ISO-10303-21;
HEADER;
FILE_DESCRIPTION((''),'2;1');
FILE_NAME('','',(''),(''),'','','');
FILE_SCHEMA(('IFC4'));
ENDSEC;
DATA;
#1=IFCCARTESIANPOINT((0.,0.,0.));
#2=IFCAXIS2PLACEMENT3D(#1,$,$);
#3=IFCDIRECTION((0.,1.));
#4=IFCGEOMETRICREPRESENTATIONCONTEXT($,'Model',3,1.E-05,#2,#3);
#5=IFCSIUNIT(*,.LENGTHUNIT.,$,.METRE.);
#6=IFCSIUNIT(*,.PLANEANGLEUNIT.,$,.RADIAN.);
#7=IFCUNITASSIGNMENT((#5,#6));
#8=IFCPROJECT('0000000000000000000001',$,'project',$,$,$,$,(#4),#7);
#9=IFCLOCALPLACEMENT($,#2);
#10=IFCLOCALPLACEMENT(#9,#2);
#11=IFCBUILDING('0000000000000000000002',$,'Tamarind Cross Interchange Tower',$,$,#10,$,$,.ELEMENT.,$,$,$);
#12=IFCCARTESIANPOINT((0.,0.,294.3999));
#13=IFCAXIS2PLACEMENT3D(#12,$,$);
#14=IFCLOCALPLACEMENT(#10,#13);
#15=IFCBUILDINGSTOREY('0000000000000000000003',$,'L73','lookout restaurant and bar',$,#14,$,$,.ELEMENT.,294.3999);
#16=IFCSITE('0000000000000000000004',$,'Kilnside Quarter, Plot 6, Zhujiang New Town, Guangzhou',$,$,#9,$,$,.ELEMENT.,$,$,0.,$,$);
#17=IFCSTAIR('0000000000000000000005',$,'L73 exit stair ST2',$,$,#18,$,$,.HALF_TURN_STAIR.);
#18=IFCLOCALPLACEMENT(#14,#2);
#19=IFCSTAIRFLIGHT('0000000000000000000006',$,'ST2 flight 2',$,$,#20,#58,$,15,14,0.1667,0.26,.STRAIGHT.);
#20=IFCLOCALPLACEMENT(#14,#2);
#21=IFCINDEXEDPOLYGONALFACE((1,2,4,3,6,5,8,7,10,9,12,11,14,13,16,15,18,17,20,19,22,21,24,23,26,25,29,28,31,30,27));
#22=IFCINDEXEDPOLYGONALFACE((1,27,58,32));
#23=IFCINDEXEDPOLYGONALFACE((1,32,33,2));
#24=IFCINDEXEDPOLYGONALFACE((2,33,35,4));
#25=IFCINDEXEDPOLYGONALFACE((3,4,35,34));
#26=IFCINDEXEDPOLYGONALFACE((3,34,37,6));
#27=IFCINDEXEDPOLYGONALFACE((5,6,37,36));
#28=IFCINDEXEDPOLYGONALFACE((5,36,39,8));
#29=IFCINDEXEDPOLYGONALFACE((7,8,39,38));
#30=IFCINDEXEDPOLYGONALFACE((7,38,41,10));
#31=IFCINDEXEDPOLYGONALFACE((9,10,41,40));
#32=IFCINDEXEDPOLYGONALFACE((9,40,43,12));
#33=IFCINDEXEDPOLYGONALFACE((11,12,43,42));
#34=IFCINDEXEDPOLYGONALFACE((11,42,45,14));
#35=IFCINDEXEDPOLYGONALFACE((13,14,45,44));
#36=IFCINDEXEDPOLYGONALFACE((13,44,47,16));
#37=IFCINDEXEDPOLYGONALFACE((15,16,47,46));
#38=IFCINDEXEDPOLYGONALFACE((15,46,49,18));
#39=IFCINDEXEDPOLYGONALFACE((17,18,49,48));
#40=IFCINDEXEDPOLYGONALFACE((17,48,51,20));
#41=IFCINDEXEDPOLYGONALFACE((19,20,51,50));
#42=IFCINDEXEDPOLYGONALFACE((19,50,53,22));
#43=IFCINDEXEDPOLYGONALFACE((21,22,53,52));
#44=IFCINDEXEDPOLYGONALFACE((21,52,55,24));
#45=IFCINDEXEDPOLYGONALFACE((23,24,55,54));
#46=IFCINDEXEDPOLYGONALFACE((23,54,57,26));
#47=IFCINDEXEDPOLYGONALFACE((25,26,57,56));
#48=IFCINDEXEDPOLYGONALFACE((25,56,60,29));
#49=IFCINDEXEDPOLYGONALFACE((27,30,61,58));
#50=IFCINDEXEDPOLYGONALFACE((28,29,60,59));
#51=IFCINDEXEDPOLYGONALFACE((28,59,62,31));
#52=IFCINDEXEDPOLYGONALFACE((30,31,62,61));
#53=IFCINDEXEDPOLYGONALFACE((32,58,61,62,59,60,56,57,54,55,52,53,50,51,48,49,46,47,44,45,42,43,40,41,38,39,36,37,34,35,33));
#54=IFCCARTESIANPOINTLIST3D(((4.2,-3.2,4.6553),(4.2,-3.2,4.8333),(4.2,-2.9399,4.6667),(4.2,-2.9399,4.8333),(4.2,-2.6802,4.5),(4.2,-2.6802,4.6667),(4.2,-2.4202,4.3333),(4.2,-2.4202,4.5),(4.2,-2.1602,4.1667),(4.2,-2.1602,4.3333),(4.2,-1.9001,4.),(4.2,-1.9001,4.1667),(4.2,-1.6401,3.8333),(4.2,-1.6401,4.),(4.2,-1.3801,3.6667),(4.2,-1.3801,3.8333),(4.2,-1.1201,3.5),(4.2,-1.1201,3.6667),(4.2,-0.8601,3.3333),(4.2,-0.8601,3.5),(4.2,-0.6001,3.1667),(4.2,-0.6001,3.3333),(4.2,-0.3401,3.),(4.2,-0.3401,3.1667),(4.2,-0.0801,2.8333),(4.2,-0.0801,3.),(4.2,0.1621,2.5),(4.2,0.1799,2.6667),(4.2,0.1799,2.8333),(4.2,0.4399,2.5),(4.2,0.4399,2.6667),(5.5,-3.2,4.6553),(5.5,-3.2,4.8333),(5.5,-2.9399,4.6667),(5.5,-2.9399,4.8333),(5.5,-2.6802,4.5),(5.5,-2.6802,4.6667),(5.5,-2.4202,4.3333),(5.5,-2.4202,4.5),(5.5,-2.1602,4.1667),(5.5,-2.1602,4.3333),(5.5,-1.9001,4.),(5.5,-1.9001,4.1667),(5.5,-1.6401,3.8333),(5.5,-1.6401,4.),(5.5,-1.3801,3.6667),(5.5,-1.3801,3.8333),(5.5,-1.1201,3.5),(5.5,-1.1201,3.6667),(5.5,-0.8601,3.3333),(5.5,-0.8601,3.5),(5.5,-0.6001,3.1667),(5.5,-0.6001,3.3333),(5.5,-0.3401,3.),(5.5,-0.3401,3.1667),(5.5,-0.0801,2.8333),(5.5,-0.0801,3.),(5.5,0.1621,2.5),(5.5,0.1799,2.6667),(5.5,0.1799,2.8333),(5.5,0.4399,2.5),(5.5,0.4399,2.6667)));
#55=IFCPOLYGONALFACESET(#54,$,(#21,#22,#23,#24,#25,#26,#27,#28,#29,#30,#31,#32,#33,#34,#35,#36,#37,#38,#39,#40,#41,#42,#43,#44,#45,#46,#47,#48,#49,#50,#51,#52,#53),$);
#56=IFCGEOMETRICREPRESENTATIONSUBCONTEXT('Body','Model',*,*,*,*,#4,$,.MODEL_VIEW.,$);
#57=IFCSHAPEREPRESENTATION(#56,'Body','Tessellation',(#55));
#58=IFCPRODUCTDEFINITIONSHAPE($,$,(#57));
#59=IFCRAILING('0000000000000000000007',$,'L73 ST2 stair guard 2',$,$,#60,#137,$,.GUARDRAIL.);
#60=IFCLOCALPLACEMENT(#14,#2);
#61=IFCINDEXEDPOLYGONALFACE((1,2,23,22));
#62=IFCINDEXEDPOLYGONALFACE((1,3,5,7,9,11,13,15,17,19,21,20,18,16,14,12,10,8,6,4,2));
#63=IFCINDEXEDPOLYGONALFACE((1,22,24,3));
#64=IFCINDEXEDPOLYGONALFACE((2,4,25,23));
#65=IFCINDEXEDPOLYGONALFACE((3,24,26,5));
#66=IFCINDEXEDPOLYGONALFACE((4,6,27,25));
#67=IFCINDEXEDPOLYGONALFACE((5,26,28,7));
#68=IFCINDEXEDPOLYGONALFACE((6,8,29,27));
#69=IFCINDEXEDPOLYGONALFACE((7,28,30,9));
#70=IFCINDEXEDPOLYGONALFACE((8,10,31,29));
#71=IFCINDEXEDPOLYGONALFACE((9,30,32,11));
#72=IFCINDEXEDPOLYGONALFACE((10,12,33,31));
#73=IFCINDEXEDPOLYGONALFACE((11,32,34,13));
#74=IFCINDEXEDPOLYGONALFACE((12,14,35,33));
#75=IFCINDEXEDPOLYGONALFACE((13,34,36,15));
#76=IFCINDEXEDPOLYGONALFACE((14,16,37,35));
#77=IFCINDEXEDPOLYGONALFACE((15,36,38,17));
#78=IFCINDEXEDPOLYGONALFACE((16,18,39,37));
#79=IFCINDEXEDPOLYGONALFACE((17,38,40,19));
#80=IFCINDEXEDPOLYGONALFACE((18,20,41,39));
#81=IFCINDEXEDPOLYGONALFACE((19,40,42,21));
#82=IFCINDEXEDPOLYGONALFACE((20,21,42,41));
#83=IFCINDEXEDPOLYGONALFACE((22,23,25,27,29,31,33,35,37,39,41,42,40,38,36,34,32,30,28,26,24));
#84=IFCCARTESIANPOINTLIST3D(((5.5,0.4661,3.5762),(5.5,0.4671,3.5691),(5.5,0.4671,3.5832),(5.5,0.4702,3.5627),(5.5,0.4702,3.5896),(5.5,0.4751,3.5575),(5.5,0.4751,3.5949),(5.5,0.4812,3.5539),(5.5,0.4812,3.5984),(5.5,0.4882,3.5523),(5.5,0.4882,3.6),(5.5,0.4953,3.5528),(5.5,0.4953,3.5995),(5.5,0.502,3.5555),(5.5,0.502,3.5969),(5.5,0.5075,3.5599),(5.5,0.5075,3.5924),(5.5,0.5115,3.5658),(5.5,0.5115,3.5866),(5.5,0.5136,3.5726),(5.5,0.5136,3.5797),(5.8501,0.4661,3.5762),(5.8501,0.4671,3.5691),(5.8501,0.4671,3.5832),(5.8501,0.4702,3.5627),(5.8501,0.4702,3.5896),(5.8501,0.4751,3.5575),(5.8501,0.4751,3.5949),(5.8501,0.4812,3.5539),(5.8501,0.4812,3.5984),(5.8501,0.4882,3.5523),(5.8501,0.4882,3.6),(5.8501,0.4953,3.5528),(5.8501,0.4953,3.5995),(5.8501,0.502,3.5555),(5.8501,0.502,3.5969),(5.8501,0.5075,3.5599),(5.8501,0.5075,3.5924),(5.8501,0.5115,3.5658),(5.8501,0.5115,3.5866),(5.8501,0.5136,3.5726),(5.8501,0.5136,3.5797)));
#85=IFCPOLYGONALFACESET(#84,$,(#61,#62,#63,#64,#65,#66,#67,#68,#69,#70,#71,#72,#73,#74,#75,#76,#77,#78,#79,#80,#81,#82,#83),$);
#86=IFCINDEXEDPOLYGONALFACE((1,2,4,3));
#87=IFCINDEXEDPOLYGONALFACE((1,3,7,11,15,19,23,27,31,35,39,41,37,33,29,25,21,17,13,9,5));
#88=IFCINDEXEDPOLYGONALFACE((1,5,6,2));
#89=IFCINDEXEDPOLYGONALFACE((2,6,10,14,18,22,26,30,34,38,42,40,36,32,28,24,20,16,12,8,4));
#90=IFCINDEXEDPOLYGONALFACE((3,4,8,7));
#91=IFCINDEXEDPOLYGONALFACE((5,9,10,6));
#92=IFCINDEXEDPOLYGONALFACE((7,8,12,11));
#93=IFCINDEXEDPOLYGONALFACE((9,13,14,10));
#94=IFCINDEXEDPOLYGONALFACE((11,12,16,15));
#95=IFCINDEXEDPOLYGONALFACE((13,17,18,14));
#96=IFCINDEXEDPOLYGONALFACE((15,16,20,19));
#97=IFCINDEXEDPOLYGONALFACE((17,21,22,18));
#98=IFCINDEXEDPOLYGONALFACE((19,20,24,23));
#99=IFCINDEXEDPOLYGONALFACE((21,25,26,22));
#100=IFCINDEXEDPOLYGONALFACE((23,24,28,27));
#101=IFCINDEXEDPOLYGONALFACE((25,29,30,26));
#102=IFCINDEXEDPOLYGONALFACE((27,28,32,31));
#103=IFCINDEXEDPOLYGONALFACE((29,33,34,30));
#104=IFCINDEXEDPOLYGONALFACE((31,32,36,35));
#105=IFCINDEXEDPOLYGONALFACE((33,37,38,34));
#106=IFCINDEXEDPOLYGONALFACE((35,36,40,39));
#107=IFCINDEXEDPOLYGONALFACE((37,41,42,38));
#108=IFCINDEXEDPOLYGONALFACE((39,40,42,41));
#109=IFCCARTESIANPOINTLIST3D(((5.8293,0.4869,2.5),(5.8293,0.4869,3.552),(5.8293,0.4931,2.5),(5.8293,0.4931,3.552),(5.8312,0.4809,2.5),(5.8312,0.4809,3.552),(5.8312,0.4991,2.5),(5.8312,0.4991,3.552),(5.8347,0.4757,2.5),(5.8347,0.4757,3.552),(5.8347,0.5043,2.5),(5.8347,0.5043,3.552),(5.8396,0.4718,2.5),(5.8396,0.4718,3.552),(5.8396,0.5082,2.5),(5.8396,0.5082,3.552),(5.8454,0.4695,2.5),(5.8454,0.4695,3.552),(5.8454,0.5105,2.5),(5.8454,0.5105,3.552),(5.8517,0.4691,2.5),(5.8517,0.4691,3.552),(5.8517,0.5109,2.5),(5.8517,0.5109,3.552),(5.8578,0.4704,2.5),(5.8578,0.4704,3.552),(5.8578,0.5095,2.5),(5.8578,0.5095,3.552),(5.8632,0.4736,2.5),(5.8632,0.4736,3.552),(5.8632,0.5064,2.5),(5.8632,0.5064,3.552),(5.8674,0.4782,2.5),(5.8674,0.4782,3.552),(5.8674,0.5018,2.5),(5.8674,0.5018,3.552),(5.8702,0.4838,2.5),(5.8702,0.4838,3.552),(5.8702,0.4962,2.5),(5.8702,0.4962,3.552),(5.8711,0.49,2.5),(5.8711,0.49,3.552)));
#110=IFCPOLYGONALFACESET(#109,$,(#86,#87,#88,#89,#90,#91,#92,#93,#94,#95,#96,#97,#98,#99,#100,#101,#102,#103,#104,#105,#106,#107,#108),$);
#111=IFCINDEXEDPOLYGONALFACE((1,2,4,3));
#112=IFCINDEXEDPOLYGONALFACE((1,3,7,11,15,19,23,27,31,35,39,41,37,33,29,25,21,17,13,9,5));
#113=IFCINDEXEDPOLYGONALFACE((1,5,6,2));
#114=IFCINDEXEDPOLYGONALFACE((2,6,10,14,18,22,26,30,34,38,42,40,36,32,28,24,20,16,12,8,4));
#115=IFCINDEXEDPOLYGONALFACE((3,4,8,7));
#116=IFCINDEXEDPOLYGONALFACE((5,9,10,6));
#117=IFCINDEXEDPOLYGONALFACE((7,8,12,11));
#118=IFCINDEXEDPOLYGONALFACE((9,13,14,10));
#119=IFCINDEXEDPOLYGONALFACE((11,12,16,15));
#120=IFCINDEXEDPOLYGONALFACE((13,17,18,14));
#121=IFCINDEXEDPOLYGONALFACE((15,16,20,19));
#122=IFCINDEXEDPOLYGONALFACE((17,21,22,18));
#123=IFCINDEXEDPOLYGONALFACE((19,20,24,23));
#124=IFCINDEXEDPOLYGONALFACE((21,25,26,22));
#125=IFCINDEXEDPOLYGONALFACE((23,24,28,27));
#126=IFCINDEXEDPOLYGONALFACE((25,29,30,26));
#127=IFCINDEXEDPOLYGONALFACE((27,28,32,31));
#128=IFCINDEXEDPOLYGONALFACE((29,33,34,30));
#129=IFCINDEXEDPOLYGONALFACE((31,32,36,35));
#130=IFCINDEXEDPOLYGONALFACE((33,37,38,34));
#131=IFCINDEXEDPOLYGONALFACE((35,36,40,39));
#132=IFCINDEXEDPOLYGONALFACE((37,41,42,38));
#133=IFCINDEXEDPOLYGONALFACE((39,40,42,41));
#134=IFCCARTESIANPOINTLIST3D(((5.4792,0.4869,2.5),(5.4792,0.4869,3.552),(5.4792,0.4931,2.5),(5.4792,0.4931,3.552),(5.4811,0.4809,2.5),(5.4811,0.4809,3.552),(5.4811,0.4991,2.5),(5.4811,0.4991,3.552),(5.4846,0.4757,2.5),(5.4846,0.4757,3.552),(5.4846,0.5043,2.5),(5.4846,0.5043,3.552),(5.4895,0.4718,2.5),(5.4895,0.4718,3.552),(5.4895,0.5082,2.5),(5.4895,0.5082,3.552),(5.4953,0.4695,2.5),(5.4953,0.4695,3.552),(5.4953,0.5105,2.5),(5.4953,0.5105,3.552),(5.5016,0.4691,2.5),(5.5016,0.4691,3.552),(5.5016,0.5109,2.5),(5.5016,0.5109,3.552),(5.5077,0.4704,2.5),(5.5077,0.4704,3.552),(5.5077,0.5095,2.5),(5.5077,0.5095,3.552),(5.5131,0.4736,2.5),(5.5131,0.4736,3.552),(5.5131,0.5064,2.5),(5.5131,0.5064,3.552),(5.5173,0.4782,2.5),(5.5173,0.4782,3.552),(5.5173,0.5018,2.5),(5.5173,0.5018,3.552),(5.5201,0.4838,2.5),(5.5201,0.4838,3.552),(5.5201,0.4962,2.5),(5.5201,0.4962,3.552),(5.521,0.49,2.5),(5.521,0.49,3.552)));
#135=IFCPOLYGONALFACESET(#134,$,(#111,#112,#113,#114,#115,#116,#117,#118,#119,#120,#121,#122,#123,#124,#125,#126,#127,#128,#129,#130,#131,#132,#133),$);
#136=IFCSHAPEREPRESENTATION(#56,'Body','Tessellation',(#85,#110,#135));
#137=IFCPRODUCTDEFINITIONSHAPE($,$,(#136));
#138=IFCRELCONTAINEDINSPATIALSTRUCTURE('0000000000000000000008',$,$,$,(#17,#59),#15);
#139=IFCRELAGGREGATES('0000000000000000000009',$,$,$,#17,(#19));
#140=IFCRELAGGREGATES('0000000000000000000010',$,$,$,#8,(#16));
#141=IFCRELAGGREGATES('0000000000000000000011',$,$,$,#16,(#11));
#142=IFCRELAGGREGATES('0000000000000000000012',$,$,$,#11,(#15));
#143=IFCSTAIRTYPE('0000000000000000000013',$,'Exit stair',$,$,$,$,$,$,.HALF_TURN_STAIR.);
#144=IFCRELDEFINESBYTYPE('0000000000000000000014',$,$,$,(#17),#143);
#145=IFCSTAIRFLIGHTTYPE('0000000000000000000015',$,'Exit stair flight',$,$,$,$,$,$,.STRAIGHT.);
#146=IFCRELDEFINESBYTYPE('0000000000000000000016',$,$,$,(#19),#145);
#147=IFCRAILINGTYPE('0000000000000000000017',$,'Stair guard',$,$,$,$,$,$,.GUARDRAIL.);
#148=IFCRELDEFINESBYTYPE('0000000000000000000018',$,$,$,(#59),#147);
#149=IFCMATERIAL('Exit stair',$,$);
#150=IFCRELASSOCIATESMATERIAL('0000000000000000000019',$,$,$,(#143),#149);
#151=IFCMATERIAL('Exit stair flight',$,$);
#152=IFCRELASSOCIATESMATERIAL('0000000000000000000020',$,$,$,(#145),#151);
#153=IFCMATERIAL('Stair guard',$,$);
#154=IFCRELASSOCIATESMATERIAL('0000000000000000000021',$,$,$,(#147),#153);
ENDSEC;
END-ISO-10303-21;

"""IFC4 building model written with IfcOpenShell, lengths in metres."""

from ifc_helpers import new_model, si_unit, direction, frame, origin, origin_2d, place, context, subcontext, project, spatial, polyline, circle, outline, extrude, material, type_object, element, aggregate, save


model = new_model("IFC4")

# Units and contexts
model_context = context("Model", 3, precision=1e-05, world=origin(), true_north=direction((0.0, 1.0)))
body_context = subcontext(model_context, "Body", "Model", "MODEL_VIEW")
ifc_project = project(units=[si_unit("LENGTHUNIT", "METRE"), si_unit("PLANEANGLEUNIT", "RADIAN")], contexts=[model_context])

# Site, building, storey
site_placement = place(None, origin())
site = spatial("IfcSite", under=ifc_project, at=site_placement, Name="Kilnside Quarter, Plot 6, Zhujiang New Town, Guangzhou", CompositionType="ELEMENT", RefElevation=0.0)
building_placement = place(site_placement, origin())
building = spatial("IfcBuilding", under=site, at=building_placement, Name="Tamarind Cross Interchange Tower", CompositionType="ELEMENT")
storey_placement = place(building_placement, frame((0.0, 0.0, 294.3999)))
storey = spatial("IfcBuildingStorey", under=building, at=storey_placement, Name="L73", Description="lookout restaurant and bar", CompositionType="ELEMENT", Elevation=294.3999)

# Stair
ifc_material_1 = material(Name="Exit stair")
stair_type = type_object("IfcStairType", Name="Exit stair", PredefinedType="HALF_TURN_STAIR", material=ifc_material_1)
stair_1_placement = place(storey_placement, origin())
stair_1 = element("IfcStair", 1, at=stair_1_placement, inside=storey, type_object=stair_type, Name="L73 exit stair ST2", PredefinedType="HALF_TURN_STAIR")

# Stair flight
ifc_material_2 = material(Name="Exit stair flight")
stair_flight_type = type_object("IfcStairFlightType", Name="Exit stair flight", PredefinedType="STRAIGHT", material=ifc_material_2)
stair_flight_placement = place(storey_placement, frame((4.8501, 0.4399, 2.5), z_axis=(0.0, 0.0, 1.0), x_axis=(0.0, -1.0, 0.0)))
stair_flight = element("IfcStairFlight", 2, at=stair_flight_placement, type_object=stair_flight_type, Name="ST2 flight 2", NumberOfRisers=15, NumberOfTreads=14, PredefinedType="STRAIGHT", RiserHeight=0.1667, TreadLength=0.26, context=body_context, shape_type="SweptSolid", body=[
    extrude(outline(polyline([(0.0, 0.0), (0.0, 0.1667), (0.26, 0.1667), (0.26, 0.3333), (0.52, 0.3333), (0.52, 0.5), (0.78, 0.5), (0.78, 0.6667), (1.04, 0.6667), (1.04, 0.8333), (1.3, 0.8333), (1.3, 1.0), (1.5601, 1.0), (1.5601, 1.1667), (1.8201, 1.1667), (1.8201, 1.3333), (2.0801, 1.3333), (2.0801, 1.5), (2.3401, 1.5), (2.3401, 1.6667), (2.6001, 1.6667), (2.6001, 1.8333), (2.8601, 1.8333), (2.8601, 2.0), (3.1201, 2.0), (3.1201, 2.1667), (3.3799, 2.1667), (3.3799, 2.3333), (3.6399, 2.3333), (3.6399, 2.5), (3.6399, 2.1553), (0.2778, 0.0), (0.0, 0.0)])), frame((0.0, 0.6499, 0.0), z_axis=(0.0, -1.0, 0.0), x_axis=(1.0, 0.0, 0.0)), (0.0, 0.0, 1.0), 1.3),
])
aggregate(stair_1, [stair_flight])

# Railing
ifc_material_3 = material(Name="Stair guard")
railing_type_1 = type_object("IfcRailingType", Name="Stair guard", PredefinedType="GUARDRAIL", material=ifc_material_3)
railing_1_placement = place(storey_placement, frame((5.8501, 0.49, 2.5)))
element("IfcRailing", 3, at=railing_1_placement, inside=storey, type_object=railing_type_1, Name="L73 ST2 stair guard 2", PredefinedType="GUARDRAIL", context=body_context, shape_type="SweptSolid", body=[
    extrude(circle(Radius=0.0239, at=origin_2d()), frame((0.0, 0.0, 1.0762), z_axis=(-1.0, 0.0, 0.0), x_axis=(0.0, -1.0, 0.0)), (0.0, 0.0, 1.0), 0.3501),
    extrude(circle(Radius=0.021, at=origin_2d()), origin(), (0.0, 0.0, 1.0), 1.052),
    extrude(circle(Radius=0.021, at=origin_2d()), frame((-0.3501, 0.0, 0.0)), (0.0, 0.0, 1.0), 1.052),
])

save(model, "model.ifc")
